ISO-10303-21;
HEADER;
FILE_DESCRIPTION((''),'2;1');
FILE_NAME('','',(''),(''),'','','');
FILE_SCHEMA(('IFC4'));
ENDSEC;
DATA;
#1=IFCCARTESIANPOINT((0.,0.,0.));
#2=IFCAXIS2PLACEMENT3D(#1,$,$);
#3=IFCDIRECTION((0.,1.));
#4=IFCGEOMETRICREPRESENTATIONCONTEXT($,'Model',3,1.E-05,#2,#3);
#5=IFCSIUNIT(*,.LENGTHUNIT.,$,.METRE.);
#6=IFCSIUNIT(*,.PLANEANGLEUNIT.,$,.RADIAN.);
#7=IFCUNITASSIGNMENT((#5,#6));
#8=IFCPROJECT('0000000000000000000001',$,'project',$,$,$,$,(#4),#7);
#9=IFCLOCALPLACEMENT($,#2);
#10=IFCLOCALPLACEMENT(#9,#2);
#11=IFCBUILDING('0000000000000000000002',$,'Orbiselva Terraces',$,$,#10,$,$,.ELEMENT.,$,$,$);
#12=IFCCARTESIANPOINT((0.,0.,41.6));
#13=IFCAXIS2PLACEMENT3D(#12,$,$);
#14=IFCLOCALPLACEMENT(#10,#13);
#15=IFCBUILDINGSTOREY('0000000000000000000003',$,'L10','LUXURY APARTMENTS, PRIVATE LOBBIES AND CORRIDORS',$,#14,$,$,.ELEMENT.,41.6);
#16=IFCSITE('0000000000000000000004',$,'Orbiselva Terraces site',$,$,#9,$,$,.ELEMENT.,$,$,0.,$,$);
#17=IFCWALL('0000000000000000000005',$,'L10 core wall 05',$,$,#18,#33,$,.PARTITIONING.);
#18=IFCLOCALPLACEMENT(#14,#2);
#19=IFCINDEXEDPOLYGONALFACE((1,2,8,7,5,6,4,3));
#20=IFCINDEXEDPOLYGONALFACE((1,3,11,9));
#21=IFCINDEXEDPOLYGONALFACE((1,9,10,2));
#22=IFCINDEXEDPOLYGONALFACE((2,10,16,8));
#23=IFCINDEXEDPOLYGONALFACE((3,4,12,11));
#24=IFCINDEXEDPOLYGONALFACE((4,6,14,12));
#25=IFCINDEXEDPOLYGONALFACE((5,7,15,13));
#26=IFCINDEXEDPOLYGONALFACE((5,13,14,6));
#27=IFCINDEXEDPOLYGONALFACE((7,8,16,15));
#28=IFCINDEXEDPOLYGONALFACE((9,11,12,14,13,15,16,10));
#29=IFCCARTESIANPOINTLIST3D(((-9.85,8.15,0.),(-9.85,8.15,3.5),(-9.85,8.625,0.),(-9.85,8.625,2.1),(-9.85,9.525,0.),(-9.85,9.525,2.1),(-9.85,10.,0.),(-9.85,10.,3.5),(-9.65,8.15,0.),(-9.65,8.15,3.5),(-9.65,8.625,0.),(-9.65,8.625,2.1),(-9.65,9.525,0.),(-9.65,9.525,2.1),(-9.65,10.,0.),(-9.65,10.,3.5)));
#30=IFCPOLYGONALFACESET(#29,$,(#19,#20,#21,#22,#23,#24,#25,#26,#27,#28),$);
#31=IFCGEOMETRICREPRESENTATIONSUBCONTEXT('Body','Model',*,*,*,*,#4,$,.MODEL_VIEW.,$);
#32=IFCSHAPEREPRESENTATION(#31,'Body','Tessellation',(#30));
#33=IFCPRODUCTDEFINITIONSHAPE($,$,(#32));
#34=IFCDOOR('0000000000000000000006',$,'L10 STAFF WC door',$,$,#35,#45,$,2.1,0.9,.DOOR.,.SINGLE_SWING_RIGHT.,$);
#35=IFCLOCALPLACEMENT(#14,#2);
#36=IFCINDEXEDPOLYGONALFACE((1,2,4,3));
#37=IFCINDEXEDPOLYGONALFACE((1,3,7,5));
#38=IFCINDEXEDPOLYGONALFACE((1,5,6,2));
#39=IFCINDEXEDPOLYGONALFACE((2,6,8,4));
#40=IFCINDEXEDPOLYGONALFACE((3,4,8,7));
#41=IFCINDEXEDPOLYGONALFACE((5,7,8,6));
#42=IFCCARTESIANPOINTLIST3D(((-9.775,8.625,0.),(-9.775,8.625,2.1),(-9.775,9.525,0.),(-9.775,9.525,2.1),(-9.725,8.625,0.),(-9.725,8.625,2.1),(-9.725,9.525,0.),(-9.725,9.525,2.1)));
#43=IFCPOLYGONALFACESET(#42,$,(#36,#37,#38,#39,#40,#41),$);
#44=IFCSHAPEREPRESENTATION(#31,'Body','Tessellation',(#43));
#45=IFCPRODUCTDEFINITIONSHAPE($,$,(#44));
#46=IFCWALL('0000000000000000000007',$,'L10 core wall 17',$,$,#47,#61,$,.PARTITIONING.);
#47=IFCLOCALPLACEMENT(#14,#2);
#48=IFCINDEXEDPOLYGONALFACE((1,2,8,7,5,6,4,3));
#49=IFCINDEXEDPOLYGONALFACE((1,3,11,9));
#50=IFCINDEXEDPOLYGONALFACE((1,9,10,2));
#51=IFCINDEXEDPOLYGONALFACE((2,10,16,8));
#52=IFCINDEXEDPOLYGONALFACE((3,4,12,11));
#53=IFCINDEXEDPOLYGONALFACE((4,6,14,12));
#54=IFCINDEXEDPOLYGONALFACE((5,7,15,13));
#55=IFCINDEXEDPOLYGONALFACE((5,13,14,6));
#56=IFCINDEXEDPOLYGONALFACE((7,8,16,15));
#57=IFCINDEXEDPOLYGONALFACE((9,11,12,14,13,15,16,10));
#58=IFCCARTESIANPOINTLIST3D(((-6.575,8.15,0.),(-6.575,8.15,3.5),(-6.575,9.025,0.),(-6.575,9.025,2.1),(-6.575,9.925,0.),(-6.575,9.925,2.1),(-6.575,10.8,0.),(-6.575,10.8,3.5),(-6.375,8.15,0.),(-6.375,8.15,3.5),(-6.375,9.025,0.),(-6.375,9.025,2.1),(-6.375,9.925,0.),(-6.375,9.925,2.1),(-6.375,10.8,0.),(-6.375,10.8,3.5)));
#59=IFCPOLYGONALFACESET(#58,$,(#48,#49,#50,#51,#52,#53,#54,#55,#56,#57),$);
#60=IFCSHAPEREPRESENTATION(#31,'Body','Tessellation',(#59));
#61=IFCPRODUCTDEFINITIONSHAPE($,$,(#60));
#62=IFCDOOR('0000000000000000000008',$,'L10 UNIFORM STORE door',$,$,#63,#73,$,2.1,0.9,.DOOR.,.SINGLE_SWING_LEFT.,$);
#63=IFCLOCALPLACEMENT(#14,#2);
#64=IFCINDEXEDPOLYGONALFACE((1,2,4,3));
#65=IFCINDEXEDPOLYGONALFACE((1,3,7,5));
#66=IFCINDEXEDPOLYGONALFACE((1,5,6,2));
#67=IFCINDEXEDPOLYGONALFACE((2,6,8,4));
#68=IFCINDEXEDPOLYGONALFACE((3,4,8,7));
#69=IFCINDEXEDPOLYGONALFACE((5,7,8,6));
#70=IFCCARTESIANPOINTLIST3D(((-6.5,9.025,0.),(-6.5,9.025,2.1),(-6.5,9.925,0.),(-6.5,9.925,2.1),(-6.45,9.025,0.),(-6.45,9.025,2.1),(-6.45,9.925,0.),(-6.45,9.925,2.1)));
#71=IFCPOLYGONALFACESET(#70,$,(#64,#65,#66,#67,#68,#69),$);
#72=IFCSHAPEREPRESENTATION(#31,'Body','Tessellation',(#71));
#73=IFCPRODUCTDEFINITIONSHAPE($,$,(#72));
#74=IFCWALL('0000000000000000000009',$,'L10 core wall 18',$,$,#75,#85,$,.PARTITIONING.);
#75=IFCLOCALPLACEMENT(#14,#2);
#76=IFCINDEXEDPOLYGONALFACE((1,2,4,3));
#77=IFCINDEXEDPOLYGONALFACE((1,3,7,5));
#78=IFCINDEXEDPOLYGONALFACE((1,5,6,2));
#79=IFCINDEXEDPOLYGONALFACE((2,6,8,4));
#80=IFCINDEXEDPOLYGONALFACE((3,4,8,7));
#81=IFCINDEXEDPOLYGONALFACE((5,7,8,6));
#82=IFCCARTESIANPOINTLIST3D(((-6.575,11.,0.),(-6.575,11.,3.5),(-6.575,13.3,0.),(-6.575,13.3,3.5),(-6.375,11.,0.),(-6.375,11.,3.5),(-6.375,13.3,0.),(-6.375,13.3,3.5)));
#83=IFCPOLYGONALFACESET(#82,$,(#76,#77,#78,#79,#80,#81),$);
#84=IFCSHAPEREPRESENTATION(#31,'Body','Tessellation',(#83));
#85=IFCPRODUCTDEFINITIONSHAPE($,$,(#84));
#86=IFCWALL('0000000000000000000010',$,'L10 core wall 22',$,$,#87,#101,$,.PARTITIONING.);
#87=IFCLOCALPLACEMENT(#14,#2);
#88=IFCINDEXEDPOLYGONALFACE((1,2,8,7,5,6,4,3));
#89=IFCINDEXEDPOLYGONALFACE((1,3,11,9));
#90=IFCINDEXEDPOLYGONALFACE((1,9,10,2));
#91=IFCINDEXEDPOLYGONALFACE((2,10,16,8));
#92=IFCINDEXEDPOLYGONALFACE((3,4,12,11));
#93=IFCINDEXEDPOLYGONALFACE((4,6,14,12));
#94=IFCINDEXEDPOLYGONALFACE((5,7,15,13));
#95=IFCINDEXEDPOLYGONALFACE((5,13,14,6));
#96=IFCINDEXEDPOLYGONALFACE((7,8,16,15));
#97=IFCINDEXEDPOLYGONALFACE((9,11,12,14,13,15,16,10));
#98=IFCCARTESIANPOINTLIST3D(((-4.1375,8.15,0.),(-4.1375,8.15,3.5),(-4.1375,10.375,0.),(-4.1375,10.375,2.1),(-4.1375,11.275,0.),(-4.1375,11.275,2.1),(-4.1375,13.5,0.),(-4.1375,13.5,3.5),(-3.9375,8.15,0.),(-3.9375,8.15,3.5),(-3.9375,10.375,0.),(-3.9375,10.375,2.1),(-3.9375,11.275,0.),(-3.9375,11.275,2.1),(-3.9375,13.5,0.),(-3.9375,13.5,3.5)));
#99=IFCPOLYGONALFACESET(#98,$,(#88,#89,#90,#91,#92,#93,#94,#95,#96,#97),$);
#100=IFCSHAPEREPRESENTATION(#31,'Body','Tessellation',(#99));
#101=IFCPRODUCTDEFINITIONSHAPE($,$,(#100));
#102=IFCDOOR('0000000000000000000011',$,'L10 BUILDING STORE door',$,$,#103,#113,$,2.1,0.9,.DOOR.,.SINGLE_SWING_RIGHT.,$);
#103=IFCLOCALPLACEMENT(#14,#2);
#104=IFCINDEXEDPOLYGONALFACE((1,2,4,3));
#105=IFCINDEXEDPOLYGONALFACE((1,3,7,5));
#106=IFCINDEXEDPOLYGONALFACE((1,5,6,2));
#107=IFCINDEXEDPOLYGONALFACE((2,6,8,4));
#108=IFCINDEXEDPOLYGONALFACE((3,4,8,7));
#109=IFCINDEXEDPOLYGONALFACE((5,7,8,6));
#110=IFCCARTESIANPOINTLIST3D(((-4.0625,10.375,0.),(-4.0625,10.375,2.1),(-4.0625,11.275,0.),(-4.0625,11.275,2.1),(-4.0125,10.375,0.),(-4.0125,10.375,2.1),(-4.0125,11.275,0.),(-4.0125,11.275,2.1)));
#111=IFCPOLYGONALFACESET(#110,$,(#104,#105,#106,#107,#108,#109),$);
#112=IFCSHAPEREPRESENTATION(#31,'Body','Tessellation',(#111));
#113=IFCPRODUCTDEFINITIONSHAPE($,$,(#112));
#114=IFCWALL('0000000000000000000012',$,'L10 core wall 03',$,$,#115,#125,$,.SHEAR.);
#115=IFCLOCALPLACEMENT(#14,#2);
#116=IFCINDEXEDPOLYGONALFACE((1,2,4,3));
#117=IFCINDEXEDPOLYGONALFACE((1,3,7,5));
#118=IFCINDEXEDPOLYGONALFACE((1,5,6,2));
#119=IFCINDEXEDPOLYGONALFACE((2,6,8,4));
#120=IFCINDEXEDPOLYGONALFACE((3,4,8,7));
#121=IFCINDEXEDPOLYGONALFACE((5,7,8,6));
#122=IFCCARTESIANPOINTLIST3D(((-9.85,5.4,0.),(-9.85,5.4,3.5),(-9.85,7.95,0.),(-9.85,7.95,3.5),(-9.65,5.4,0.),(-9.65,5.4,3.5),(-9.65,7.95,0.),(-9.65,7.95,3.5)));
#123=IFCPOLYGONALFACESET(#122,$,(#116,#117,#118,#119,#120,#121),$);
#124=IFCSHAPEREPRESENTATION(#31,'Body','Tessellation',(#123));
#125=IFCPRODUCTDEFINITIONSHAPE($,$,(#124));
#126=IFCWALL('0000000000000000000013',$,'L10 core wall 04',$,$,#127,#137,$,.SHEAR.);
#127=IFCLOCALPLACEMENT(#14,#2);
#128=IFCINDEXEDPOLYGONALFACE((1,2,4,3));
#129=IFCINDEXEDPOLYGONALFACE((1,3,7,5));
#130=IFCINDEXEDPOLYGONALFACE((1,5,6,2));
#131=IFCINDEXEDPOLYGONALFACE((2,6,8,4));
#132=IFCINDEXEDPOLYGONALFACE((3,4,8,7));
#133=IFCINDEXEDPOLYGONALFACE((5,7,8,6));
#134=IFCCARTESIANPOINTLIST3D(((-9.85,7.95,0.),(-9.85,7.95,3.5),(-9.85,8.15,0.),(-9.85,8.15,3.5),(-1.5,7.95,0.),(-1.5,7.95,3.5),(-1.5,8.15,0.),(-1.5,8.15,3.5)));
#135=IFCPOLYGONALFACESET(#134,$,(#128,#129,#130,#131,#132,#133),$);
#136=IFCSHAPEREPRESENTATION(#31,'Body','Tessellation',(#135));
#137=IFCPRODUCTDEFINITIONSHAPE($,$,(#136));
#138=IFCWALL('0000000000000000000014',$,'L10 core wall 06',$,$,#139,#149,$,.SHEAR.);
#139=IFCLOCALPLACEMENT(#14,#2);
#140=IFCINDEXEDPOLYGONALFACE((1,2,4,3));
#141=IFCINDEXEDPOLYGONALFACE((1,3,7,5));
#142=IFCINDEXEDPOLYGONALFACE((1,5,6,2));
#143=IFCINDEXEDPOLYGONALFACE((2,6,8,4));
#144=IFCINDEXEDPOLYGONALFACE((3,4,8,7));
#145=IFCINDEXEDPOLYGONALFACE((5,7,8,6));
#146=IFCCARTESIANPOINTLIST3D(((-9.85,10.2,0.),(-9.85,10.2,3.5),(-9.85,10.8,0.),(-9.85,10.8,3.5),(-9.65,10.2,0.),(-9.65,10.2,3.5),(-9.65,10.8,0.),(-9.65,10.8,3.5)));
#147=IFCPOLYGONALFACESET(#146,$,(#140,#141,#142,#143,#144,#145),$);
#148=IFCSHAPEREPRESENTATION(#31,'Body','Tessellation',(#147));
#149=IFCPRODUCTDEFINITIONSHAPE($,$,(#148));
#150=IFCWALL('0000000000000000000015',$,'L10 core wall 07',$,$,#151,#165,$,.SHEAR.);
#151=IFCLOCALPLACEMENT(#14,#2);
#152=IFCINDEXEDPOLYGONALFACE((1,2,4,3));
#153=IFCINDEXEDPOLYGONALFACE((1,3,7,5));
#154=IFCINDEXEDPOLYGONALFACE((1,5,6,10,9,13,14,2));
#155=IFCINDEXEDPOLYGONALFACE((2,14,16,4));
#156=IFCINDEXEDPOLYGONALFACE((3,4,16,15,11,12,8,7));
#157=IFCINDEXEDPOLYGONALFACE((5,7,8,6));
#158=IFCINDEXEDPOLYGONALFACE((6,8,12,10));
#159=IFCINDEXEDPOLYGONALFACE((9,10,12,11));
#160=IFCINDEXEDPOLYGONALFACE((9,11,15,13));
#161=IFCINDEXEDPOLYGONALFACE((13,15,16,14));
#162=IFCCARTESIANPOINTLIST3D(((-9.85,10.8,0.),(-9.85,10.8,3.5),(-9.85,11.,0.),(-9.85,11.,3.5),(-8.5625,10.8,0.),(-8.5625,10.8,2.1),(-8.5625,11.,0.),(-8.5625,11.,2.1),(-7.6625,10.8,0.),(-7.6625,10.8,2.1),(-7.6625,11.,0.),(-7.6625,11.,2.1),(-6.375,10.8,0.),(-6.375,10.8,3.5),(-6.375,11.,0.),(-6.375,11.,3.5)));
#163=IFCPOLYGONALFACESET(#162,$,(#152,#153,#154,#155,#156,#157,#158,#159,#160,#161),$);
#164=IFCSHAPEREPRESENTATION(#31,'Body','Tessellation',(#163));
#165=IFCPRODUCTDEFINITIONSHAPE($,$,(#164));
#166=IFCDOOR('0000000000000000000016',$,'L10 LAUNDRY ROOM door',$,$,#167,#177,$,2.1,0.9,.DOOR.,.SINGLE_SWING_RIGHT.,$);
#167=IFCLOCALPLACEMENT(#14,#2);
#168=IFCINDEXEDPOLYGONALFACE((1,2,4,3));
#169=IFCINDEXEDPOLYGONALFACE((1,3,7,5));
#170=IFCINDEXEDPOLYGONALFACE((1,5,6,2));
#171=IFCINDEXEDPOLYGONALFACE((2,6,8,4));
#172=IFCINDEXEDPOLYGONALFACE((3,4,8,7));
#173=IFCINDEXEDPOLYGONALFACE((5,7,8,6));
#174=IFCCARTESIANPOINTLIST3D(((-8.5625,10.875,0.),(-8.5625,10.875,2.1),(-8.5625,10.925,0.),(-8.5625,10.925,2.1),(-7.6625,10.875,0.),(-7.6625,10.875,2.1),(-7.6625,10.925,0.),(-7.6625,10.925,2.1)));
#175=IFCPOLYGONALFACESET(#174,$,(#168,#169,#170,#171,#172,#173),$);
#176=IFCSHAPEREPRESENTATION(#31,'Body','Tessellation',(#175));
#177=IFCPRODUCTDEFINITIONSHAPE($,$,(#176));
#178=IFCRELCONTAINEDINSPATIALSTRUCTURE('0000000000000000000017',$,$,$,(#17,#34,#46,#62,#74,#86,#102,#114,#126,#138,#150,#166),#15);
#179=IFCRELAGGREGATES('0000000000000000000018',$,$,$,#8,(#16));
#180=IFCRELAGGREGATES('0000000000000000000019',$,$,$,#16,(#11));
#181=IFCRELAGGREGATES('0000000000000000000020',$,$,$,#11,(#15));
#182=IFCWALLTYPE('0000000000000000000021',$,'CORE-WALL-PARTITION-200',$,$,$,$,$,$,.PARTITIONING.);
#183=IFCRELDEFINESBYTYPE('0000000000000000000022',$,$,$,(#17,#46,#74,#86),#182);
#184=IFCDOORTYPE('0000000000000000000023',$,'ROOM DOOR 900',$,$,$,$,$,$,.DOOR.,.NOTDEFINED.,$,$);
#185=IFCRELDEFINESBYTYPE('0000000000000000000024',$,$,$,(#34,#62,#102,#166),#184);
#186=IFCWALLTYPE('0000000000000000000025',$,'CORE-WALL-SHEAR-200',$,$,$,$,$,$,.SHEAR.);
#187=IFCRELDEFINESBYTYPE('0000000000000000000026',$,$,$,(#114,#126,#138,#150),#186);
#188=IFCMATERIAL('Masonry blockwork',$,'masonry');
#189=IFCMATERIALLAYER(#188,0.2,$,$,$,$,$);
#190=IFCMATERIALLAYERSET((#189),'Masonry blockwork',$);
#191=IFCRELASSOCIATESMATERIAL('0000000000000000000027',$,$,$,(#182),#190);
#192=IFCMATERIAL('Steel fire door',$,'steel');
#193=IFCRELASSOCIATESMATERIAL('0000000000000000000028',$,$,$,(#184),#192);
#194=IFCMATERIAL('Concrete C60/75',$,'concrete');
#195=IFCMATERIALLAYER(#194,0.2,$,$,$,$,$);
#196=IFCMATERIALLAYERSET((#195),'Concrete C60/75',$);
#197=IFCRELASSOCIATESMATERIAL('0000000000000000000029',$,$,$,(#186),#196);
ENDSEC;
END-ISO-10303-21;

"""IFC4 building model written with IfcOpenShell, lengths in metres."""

from ifc_helpers import new_model, si_unit, direction, frame, frame_2d, origin, place, context, subcontext, project, spatial, rectangle, extrude, material, layer, layer_set, type_object, element, fill, save


model = new_model("IFC4")

# Units and contexts
model_context = context("Model", 3, precision=1e-05, world=origin(), true_north=direction((0.0, 1.0)))
body_context = subcontext(model_context, "Body", "Model", "MODEL_VIEW")
ifc_project = project(units=[si_unit("LENGTHUNIT", "METRE"), si_unit("PLANEANGLEUNIT", "RADIAN")], contexts=[model_context])

# Site, building, storey
site_placement = place(None, origin())
site = spatial("IfcSite", under=ifc_project, at=site_placement, Name="Orbiselva Terraces site", CompositionType="ELEMENT", RefElevation=0.0)
building_placement = place(site_placement, origin())
building = spatial("IfcBuilding", under=site, at=building_placement, Name="Orbiselva Terraces", CompositionType="ELEMENT")
storey_placement = place(building_placement, frame((0.0, 0.0, 41.6)))
storey = spatial("IfcBuildingStorey", under=building, at=storey_placement, Name="L10", Description="LUXURY APARTMENTS, PRIVATE LOBBIES AND CORRIDORS", CompositionType="ELEMENT", Elevation=41.6)

# Walls, openings, doors
ifc_material_1 = material(Name="Masonry blockwork", Category="masonry")
ifc_layer_1 = layer(ifc_material_1, 0.2)
ifc_layer_set_1 = layer_set([ifc_layer_1], Name="Masonry blockwork")
wall_type_1 = type_object("IfcWallType", Name="CORE-WALL-PARTITION-200", PredefinedType="PARTITIONING", material=ifc_layer_set_1)
wall_1_placement = place(storey_placement, frame((-9.75, 8.15, 0.0), z_axis=(0.0, 0.0, 1.0), x_axis=(0.0, 1.0, 0.0)))
wall_1 = element("IfcWall", 1, at=wall_1_placement, inside=storey, type_object=wall_type_1, Name="L10 core wall 05", PredefinedType="PARTITIONING", context=body_context, shape_type="SweptSolid", body=[
    extrude(rectangle(XDim=1.85, YDim=0.2, at=frame_2d((0.925, 0.0))), origin(), (0.0, 0.0, 1.0), 3.5),
])
opening_1_placement = place(wall_1_placement, frame((0.475, 0.0, 0.0)))
opening_1 = element("IfcOpeningElement", 2, at=opening_1_placement, cuts=wall_1, PredefinedType="OPENING", context=body_context, shape_type="SweptSolid", body=[
    extrude(rectangle(XDim=0.9, YDim=2.1, at=frame_2d((0.45, 1.05))), frame((0.0, 0.11, 0.0), z_axis=(0.0, -1.0, 0.0), x_axis=(1.0, 0.0, 0.0)), (0.0, 0.0, 1.0), 0.22),
])
ifc_material_2 = material(Name="Steel fire door", Category="steel")
door_type = type_object("IfcDoorType", Name="ROOM DOOR 900", OperationType="NOTDEFINED", PredefinedType="DOOR", material=ifc_material_2)
door_1_placement = place(opening_1_placement, origin())
door_1 = element("IfcDoor", 3, at=door_1_placement, inside=storey, type_object=door_type, Name="L10 STAFF WC door", OperationType="SINGLE_SWING_RIGHT", OverallHeight=2.1, OverallWidth=0.9, PredefinedType="DOOR", context=body_context, shape_type="SweptSolid", body=[
    extrude(rectangle(XDim=0.9, YDim=2.1, at=frame_2d((0.45, 1.05))), frame((0.0, 0.025, 0.0), z_axis=(0.0, -1.0, 0.0), x_axis=(1.0, 0.0, 0.0)), (0.0, 0.0, 1.0), 0.05),
])
fill(opening_1, door_1)
wall_2_placement = place(storey_placement, frame((-6.475, 8.15, 0.0), z_axis=(0.0, 0.0, 1.0), x_axis=(0.0, 1.0, 0.0)))
wall_2 = element("IfcWall", 4, at=wall_2_placement, inside=storey, type_object=wall_type_1, Name="L10 core wall 17", PredefinedType="PARTITIONING", context=body_context, shape_type="SweptSolid", body=[
    extrude(rectangle(XDim=2.65, YDim=0.2, at=frame_2d((1.325, 0.0))), origin(), (0.0, 0.0, 1.0), 3.5),
])
opening_2_placement = place(wall_2_placement, frame((0.875, 0.0, 0.0)))
opening_2 = element("IfcOpeningElement", 5, at=opening_2_placement, cuts=wall_2, PredefinedType="OPENING", context=body_context, shape_type="SweptSolid", body=[
    extrude(rectangle(XDim=0.9, YDim=2.1, at=frame_2d((0.45, 1.05))), frame((0.0, 0.11, 0.0), z_axis=(0.0, -1.0, 0.0), x_axis=(1.0, 0.0, 0.0)), (0.0, 0.0, 1.0), 0.22),
])
door_2_placement = place(opening_2_placement, origin())
door_2 = element("IfcDoor", 6, at=door_2_placement, inside=storey, type_object=door_type, Name="L10 UNIFORM STORE door", OperationType="SINGLE_SWING_LEFT", OverallHeight=2.1, OverallWidth=0.9, PredefinedType="DOOR", context=body_context, shape_type="SweptSolid", body=[
    extrude(rectangle(XDim=0.9, YDim=2.1, at=frame_2d((0.45, 1.05))), frame((0.0, 0.025, 0.0), z_axis=(0.0, -1.0, 0.0), x_axis=(1.0, 0.0, 0.0)), (0.0, 0.0, 1.0), 0.05),
])
fill(opening_2, door_2)

# Wall
wall_3_placement = place(storey_placement, frame((-6.475, 11.0, 0.0), z_axis=(0.0, 0.0, 1.0), x_axis=(0.0, 1.0, 0.0)))
element("IfcWall", 7, at=wall_3_placement, inside=storey, type_object=wall_type_1, Name="L10 core wall 18", PredefinedType="PARTITIONING", context=body_context, shape_type="SweptSolid", body=[
    extrude(rectangle(XDim=2.3, YDim=0.2, at=frame_2d((1.15, 0.0))), origin(), (0.0, 0.0, 1.0), 3.5),
])

# Wall, opening, door
wall_4_placement = place(storey_placement, frame((-4.0375, 8.15, 0.0), z_axis=(0.0, 0.0, 1.0), x_axis=(0.0, 1.0, 0.0)))
wall_4 = element("IfcWall", 8, at=wall_4_placement, inside=storey, type_object=wall_type_1, Name="L10 core wall 22", PredefinedType="PARTITIONING", context=body_context, shape_type="SweptSolid", body=[
    extrude(rectangle(XDim=5.35, YDim=0.2, at=frame_2d((2.675, 0.0))), origin(), (0.0, 0.0, 1.0), 3.5),
])
opening_3_placement = place(wall_4_placement, frame((2.225, 0.0, 0.0)))
opening_3 = element("IfcOpeningElement", 9, at=opening_3_placement, cuts=wall_4, PredefinedType="OPENING", context=body_context, shape_type="SweptSolid", body=[
    extrude(rectangle(XDim=0.9, YDim=2.1, at=frame_2d((0.45, 1.05))), frame((0.0, 0.11, 0.0), z_axis=(0.0, -1.0, 0.0), x_axis=(1.0, 0.0, 0.0)), (0.0, 0.0, 1.0), 0.22),
])
door_3_placement = place(opening_3_placement, origin())
door_3 = element("IfcDoor", 10, at=door_3_placement, inside=storey, type_object=door_type, Name="L10 BUILDING STORE door", OperationType="SINGLE_SWING_RIGHT", OverallHeight=2.1, OverallWidth=0.9, PredefinedType="DOOR", context=body_context, shape_type="SweptSolid", body=[
    extrude(rectangle(XDim=0.9, YDim=2.1, at=frame_2d((0.45, 1.05))), frame((0.0, 0.025, 0.0), z_axis=(0.0, -1.0, 0.0), x_axis=(1.0, 0.0, 0.0)), (0.0, 0.0, 1.0), 0.05),
])
fill(opening_3, door_3)

# Walls
ifc_material_3 = material(Name="Concrete C60/75", Category="concrete")
ifc_layer_2 = layer(ifc_material_3, 0.2)
ifc_layer_set_2 = layer_set([ifc_layer_2], Name="Concrete C60/75")
wall_type_2 = type_object("IfcWallType", Name="CORE-WALL-SHEAR-200", PredefinedType="SHEAR", material=ifc_layer_set_2)
wall_5_placement = place(storey_placement, frame((-9.75, 5.4, 0.0), z_axis=(0.0, 0.0, 1.0), x_axis=(0.0, 1.0, 0.0)))
element("IfcWall", 11, at=wall_5_placement, inside=storey, type_object=wall_type_2, Name="L10 core wall 03", PredefinedType="SHEAR", context=body_context, shape_type="SweptSolid", body=[
    extrude(rectangle(XDim=2.55, YDim=0.2, at=frame_2d((1.275, 0.0))), origin(), (0.0, 0.0, 1.0), 3.5),
])
wall_6_placement = place(storey_placement, frame((-9.85, 8.05, 0.0), z_axis=(0.0, 0.0, 1.0), x_axis=(1.0, 0.0, 0.0)))
element("IfcWall", 12, at=wall_6_placement, inside=storey, type_object=wall_type_2, Name="L10 core wall 04", PredefinedType="SHEAR", context=body_context, shape_type="SweptSolid", body=[
    extrude(rectangle(XDim=8.35, YDim=0.2, at=frame_2d((4.175, 0.0))), origin(), (0.0, 0.0, 1.0), 3.5),
])
wall_7_placement = place(storey_placement, frame((-9.75, 10.2, 0.0), z_axis=(0.0, 0.0, 1.0), x_axis=(0.0, 1.0, 0.0)))
element("IfcWall", 13, at=wall_7_placement, inside=storey, type_object=wall_type_2, Name="L10 core wall 06", PredefinedType="SHEAR", context=body_context, shape_type="SweptSolid", body=[
    extrude(rectangle(XDim=0.6, YDim=0.2, at=frame_2d((0.3, 0.0))), origin(), (0.0, 0.0, 1.0), 3.5),
])

# Wall, opening, door
wall_8_placement = place(storey_placement, frame((-9.85, 10.9, 0.0), z_axis=(0.0, 0.0, 1.0), x_axis=(1.0, 0.0, 0.0)))
wall_8 = element("IfcWall", 14, at=wall_8_placement, inside=storey, type_object=wall_type_2, Name="L10 core wall 07", PredefinedType="SHEAR", context=body_context, shape_type="SweptSolid", body=[
    extrude(rectangle(XDim=3.475, YDim=0.2, at=frame_2d((1.7375, 0.0))), origin(), (0.0, 0.0, 1.0), 3.5),
])
opening_4_placement = place(wall_8_placement, frame((1.2875, 0.0, 0.0)))
opening_4 = element("IfcOpeningElement", 15, at=opening_4_placement, cuts=wall_8, PredefinedType="OPENING", context=body_context, shape_type="SweptSolid", body=[
    extrude(rectangle(XDim=0.9, YDim=2.1, at=frame_2d((0.45, 1.05))), frame((0.0, 0.11, 0.0), z_axis=(0.0, -1.0, 0.0), x_axis=(1.0, 0.0, 0.0)), (0.0, 0.0, 1.0), 0.22),
])
door_4_placement = place(opening_4_placement, origin())
door_4 = element("IfcDoor", 16, at=door_4_placement, inside=storey, type_object=door_type, Name="L10 LAUNDRY ROOM door", OperationType="SINGLE_SWING_RIGHT", OverallHeight=2.1, OverallWidth=0.9, PredefinedType="DOOR", context=body_context, shape_type="SweptSolid", body=[
    extrude(rectangle(XDim=0.9, YDim=2.1, at=frame_2d((0.45, 1.05))), frame((0.0, 0.025, 0.0), z_axis=(0.0, -1.0, 0.0), x_axis=(1.0, 0.0, 0.0)), (0.0, 0.0, 1.0), 0.05),
])
fill(opening_4, door_4)

save(model, "model.ifc")
